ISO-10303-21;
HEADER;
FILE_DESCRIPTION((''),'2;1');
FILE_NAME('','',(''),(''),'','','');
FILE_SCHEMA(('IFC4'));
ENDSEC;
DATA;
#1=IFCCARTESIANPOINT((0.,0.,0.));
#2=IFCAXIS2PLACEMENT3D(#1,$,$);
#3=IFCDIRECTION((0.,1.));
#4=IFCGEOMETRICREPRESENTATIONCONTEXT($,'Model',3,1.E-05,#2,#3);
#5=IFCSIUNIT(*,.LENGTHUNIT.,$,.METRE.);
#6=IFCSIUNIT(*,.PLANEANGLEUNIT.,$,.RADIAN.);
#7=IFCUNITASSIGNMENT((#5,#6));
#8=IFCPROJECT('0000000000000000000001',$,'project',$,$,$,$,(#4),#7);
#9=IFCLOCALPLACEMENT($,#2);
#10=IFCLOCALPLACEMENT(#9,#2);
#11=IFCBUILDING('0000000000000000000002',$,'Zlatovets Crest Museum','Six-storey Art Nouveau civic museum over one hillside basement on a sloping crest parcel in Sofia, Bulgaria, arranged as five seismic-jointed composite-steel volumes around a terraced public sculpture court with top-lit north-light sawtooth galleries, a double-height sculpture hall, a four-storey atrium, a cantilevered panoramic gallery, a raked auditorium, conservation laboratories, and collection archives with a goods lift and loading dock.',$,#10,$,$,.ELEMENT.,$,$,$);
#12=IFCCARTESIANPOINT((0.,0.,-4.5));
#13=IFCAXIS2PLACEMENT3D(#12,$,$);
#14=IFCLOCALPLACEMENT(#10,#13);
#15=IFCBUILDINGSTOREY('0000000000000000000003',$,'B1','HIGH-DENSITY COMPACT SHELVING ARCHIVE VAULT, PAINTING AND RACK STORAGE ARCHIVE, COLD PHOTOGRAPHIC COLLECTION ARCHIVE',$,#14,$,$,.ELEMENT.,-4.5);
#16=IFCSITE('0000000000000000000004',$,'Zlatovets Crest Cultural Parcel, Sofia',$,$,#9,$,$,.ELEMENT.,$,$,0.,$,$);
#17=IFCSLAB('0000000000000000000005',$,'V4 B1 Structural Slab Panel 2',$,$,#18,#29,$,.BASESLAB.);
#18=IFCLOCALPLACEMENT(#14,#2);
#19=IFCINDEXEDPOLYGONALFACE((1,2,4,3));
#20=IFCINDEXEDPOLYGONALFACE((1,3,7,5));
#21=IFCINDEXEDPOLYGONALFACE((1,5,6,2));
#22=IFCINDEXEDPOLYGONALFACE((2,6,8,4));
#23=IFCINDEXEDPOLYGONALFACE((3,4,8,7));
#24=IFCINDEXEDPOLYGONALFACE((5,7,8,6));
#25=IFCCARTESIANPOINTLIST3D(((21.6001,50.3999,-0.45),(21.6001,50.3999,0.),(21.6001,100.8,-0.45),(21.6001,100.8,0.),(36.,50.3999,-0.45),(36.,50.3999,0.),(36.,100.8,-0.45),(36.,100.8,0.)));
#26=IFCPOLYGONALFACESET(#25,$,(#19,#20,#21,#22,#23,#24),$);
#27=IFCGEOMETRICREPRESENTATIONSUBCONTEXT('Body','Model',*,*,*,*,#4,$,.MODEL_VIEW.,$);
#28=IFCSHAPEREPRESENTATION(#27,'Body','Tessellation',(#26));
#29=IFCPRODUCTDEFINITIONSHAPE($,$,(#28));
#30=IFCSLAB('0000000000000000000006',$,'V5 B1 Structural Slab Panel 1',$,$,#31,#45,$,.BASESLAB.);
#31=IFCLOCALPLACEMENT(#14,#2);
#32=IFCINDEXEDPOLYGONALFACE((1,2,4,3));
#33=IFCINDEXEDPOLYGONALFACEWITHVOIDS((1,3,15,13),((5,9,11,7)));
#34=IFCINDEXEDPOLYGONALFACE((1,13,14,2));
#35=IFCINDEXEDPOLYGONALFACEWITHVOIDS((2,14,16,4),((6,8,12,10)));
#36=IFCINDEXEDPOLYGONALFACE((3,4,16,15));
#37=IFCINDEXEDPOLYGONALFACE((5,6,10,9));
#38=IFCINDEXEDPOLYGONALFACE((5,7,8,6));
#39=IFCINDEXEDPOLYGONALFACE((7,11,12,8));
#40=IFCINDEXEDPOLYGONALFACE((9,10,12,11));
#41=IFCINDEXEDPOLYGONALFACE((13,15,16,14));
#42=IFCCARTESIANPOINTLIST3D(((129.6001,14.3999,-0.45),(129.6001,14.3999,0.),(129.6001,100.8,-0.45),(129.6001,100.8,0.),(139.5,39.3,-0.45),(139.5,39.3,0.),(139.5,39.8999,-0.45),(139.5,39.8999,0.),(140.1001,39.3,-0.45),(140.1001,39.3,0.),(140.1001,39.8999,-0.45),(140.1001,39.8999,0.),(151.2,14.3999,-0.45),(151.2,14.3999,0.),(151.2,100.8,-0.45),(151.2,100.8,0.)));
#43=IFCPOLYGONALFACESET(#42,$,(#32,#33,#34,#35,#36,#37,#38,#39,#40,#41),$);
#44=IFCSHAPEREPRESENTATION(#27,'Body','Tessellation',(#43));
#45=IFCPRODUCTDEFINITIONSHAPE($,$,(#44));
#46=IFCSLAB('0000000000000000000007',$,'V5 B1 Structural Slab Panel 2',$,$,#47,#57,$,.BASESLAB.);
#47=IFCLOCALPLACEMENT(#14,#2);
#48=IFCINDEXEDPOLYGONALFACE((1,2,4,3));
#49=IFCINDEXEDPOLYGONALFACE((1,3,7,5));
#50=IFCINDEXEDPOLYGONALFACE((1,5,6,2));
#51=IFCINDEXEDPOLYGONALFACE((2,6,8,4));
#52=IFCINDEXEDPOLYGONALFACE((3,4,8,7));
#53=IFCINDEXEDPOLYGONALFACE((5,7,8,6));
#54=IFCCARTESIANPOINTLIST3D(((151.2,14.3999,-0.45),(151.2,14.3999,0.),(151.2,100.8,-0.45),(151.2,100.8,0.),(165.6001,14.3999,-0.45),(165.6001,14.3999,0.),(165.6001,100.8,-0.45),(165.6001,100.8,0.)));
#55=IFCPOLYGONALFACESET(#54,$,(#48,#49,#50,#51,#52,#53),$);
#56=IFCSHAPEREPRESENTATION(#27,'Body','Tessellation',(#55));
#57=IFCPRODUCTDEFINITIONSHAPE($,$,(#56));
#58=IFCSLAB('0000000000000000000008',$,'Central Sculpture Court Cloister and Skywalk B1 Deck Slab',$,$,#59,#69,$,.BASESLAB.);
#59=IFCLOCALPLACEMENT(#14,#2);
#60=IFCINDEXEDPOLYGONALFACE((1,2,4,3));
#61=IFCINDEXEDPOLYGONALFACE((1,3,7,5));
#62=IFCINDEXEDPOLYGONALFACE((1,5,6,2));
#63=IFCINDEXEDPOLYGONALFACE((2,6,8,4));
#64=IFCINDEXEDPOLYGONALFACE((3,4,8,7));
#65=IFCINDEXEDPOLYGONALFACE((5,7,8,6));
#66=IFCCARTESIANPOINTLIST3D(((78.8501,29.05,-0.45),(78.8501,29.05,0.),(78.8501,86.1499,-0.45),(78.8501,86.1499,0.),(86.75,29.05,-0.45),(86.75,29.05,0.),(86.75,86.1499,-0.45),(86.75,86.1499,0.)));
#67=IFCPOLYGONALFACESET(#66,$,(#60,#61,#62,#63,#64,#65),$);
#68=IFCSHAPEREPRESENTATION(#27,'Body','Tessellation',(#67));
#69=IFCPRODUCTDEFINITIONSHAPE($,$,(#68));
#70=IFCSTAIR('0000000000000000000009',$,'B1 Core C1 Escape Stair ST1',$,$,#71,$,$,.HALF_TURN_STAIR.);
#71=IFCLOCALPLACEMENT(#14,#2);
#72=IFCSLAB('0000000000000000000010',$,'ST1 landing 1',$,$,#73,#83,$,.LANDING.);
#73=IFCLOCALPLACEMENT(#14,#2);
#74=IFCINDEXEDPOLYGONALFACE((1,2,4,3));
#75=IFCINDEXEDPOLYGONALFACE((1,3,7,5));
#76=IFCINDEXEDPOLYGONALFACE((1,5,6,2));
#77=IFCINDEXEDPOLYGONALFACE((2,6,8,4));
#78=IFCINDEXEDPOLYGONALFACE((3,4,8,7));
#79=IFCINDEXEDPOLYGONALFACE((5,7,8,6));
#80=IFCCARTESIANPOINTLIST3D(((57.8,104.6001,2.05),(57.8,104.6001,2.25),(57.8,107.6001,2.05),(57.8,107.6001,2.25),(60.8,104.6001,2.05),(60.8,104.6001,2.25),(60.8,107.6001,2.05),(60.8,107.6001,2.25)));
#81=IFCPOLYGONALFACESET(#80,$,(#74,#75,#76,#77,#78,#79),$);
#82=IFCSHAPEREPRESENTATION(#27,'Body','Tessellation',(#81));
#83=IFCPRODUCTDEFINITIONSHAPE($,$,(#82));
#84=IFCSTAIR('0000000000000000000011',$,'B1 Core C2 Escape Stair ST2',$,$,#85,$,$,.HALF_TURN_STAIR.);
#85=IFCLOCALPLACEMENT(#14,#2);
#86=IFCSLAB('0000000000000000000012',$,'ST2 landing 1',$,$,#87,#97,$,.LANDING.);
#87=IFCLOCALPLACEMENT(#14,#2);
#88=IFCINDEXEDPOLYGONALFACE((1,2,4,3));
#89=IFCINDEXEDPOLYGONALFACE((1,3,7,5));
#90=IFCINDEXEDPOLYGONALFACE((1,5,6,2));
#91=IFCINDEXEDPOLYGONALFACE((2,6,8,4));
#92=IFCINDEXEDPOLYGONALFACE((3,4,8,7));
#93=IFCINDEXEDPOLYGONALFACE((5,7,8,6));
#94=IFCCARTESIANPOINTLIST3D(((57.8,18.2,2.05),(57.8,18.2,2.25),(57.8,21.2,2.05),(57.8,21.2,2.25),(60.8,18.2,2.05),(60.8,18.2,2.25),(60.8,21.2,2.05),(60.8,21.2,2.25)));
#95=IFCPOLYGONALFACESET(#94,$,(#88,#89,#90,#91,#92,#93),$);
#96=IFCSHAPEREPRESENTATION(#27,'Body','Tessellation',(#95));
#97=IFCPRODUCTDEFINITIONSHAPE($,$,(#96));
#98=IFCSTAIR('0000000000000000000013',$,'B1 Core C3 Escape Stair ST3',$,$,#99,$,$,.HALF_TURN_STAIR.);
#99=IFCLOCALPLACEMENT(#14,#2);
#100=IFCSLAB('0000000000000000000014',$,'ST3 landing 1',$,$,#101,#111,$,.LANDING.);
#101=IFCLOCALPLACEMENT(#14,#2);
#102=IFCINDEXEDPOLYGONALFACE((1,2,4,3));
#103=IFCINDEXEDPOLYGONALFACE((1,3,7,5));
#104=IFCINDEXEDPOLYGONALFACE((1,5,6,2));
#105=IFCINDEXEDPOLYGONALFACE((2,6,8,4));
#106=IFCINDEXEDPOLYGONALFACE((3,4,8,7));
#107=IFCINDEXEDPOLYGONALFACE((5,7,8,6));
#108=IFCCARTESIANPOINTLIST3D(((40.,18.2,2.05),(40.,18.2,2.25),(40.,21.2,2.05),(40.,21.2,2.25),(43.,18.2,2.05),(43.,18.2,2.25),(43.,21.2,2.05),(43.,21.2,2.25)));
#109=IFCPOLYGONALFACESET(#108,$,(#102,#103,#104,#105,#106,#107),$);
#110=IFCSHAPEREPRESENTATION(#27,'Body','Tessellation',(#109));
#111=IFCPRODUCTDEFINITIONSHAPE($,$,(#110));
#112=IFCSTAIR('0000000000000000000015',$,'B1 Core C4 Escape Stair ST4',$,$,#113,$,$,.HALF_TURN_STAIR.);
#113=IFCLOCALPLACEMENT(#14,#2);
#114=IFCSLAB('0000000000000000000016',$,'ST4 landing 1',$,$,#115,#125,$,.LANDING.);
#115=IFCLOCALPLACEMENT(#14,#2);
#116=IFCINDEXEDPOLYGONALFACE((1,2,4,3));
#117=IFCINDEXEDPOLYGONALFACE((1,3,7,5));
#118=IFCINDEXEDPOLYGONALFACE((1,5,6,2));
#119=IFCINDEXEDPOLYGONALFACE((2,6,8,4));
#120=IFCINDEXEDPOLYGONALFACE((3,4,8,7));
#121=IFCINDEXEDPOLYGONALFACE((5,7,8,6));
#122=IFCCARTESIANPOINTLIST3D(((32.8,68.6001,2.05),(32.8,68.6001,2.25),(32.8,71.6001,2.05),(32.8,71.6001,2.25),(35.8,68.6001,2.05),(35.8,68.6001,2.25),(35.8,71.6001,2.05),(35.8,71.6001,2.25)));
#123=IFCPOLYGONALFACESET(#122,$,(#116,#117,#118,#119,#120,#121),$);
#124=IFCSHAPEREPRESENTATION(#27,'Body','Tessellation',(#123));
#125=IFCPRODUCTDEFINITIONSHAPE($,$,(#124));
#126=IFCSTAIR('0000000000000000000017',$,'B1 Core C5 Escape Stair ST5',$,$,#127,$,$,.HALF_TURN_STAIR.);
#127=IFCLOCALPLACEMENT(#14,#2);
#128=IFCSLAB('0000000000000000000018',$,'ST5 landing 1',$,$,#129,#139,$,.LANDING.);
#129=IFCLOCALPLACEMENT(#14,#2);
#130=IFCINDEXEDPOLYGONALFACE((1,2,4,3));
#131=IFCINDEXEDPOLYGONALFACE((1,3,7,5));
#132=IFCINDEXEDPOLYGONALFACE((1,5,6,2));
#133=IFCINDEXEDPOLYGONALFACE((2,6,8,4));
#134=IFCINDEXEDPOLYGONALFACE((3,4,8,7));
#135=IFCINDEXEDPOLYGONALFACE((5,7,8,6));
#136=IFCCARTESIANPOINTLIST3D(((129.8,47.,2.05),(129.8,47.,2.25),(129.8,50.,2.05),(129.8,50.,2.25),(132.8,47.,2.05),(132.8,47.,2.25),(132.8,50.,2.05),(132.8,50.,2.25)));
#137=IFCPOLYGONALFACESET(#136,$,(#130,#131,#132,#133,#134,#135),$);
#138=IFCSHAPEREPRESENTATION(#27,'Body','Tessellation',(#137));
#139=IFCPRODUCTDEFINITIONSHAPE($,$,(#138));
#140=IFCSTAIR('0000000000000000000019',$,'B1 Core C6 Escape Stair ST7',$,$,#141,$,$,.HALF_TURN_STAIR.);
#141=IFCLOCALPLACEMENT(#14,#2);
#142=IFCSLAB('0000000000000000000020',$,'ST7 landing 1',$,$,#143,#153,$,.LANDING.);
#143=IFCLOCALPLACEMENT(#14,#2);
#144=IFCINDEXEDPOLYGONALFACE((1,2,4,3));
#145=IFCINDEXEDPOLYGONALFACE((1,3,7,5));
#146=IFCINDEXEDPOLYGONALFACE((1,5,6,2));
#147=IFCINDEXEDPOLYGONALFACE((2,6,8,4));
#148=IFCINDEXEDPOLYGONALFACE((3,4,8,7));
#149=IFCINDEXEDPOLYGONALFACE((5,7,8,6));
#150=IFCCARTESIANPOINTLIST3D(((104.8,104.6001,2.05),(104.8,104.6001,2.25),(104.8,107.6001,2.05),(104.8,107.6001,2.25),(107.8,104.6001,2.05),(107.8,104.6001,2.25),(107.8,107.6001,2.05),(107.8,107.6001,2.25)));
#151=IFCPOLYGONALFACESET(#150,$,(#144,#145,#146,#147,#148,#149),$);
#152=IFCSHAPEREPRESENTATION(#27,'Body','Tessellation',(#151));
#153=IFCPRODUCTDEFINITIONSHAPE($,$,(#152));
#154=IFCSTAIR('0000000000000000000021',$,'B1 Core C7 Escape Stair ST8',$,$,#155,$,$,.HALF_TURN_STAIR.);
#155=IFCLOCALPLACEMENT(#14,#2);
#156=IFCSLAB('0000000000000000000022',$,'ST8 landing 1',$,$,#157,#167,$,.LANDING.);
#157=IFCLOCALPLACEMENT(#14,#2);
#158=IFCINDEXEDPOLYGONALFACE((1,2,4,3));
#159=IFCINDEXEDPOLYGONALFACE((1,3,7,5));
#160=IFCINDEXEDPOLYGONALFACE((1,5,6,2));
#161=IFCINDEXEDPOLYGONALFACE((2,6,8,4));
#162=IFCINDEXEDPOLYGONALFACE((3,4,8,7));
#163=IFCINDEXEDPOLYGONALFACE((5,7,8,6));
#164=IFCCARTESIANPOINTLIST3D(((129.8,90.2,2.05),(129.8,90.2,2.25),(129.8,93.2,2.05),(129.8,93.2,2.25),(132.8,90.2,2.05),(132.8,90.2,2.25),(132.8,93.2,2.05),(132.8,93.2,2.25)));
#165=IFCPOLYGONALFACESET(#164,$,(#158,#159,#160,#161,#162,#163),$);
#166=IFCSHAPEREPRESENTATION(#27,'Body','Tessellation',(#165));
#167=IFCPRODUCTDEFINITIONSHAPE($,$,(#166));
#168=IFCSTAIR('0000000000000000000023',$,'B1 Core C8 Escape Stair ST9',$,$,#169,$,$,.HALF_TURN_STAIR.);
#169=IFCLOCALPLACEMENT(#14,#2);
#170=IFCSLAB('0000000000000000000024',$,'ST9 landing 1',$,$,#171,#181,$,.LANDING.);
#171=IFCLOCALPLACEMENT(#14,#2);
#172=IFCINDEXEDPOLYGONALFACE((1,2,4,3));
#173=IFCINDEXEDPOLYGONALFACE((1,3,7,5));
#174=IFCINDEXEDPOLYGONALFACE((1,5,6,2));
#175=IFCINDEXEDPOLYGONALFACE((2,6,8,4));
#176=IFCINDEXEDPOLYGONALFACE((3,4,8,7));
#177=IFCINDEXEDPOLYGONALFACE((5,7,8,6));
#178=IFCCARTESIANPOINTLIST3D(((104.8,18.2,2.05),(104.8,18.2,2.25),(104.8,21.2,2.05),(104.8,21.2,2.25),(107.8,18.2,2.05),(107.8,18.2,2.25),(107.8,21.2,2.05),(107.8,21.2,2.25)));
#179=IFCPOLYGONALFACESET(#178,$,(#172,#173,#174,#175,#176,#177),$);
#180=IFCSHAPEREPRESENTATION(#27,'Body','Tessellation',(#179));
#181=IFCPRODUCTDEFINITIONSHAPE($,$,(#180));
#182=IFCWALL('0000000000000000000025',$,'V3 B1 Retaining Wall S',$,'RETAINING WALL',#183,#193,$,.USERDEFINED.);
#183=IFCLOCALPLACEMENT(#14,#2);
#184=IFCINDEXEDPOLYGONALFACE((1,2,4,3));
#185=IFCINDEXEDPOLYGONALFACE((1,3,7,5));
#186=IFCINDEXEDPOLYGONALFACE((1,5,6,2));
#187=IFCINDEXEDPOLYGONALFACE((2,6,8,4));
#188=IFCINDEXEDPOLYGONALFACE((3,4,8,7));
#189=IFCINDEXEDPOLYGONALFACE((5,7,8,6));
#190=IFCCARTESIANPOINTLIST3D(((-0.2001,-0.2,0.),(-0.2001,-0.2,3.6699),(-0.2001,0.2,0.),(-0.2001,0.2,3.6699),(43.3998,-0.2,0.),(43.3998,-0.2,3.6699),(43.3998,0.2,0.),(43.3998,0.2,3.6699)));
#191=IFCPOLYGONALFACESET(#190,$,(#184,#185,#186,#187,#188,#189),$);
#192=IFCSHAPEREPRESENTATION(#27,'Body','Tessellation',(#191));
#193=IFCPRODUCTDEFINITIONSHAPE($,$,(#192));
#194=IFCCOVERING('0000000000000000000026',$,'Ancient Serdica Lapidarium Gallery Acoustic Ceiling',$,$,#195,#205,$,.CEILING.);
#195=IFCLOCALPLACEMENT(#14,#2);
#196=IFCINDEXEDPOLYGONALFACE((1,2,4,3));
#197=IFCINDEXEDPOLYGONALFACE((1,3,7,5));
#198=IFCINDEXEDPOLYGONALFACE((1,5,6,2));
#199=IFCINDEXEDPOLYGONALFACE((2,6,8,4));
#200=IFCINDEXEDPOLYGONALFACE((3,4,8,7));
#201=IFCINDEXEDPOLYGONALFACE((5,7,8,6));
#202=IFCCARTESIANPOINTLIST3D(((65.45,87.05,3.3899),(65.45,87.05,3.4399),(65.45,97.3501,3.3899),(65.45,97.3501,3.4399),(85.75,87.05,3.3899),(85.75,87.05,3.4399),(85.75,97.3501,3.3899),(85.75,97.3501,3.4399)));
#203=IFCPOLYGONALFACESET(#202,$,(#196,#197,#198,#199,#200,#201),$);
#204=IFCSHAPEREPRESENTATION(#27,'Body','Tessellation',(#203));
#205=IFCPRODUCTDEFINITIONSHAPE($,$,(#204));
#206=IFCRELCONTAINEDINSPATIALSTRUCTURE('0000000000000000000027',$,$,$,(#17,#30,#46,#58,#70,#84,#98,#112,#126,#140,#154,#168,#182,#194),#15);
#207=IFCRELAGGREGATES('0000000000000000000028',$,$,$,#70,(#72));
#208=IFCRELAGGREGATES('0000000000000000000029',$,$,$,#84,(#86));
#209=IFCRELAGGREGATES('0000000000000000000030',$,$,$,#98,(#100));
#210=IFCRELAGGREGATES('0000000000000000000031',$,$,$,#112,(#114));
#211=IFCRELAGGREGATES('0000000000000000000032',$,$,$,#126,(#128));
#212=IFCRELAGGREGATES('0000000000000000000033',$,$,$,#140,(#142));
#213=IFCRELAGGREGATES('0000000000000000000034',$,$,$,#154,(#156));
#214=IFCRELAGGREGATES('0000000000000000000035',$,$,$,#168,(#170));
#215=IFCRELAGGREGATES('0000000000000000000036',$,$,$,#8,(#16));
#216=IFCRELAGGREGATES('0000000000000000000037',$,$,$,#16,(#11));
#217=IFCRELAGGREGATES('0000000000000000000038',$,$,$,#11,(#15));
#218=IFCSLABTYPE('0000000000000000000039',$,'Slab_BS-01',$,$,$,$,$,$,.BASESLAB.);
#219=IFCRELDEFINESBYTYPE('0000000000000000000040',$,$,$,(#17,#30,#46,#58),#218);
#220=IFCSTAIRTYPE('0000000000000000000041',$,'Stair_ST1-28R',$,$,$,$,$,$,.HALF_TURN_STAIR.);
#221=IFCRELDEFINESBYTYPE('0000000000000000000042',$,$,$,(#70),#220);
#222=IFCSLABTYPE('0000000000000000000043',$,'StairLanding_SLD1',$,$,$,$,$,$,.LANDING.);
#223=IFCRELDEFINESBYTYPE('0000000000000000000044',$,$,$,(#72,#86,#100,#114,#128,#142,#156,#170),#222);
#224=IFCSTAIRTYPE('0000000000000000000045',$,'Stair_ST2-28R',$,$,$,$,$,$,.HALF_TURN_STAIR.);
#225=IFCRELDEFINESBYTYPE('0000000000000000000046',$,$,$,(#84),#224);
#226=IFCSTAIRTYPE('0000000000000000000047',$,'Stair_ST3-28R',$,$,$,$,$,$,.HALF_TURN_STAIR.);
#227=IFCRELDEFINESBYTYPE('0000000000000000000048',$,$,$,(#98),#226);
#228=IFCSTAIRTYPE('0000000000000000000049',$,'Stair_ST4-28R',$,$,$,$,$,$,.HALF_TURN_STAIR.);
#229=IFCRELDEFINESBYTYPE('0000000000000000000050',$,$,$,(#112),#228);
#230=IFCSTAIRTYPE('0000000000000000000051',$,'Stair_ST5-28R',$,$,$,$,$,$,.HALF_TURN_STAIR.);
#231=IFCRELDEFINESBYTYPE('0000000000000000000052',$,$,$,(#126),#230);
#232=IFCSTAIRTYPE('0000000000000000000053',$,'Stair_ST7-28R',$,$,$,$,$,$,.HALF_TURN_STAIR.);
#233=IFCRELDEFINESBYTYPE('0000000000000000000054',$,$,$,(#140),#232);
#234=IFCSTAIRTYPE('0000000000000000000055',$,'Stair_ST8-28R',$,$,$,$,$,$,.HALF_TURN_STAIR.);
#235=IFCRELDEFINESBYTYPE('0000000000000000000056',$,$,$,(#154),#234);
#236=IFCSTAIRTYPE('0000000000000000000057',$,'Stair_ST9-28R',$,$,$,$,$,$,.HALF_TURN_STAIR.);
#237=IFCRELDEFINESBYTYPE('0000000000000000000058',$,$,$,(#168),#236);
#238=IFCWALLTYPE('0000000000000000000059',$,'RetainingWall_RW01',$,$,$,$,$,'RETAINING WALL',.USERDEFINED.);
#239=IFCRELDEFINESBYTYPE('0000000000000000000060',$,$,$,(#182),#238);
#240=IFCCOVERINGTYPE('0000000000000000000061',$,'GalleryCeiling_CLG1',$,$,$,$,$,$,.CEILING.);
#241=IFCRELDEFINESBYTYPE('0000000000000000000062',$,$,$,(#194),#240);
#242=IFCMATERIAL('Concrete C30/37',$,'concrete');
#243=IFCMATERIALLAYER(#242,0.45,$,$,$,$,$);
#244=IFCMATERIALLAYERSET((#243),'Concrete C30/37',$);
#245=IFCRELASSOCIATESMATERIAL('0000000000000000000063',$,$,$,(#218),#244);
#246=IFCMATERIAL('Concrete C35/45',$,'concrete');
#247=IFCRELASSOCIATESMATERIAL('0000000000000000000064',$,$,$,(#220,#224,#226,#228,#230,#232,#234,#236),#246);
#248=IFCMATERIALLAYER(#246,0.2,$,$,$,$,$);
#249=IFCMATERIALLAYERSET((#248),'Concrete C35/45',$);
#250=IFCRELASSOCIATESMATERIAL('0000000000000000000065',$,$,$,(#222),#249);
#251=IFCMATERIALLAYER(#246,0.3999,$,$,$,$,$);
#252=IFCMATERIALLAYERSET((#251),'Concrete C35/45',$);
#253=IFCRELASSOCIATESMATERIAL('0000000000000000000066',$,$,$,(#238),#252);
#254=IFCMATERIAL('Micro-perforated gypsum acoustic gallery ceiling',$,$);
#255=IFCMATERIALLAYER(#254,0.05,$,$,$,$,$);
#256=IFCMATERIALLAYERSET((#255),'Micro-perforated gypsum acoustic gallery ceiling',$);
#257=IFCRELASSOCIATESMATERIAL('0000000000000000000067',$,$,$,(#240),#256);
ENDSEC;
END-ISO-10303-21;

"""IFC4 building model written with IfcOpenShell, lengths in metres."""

from ifc_helpers import new_model, si_unit, direction, frame, frame_2d, origin, place, context, subcontext, project, spatial, polyline, rectangle, outline, extrude, material, layer, layer_set, type_object, element, aggregate, save


model = new_model("IFC4")

# Units and contexts
model_context = context("Model", 3, precision=1e-05, world=origin(), true_north=direction((0.0, 1.0)))
body_context = subcontext(model_context, "Body", "Model", "MODEL_VIEW")
ifc_project = project(units=[si_unit("LENGTHUNIT", "METRE"), si_unit("PLANEANGLEUNIT", "RADIAN")], contexts=[model_context])

# Site, building, storey
site_placement = place(None, origin())
site = spatial("IfcSite", under=ifc_project, at=site_placement, Name="Zlatovets Crest Cultural Parcel, Sofia", CompositionType="ELEMENT", RefElevation=0.0)
building_placement = place(site_placement, origin())
building = spatial("IfcBuilding", under=site, at=building_placement, Name="Zlatovets Crest Museum", Description="Six-storey Art Nouveau civic museum over one hillside basement on a sloping crest parcel in Sofia, Bulgaria, arranged as five seismic-jointed composite-steel volumes around a terraced public sculpture court with top-lit north-light sawtooth galleries, a double-height sculpture hall, a four-storey atrium, a cantilevered panoramic gallery, a raked auditorium, conservation laboratories, and collection archives with a goods lift and loading dock.", CompositionType="ELEMENT")
storey_placement = place(building_placement, frame((0.0, 0.0, -4.5)))
storey = spatial("IfcBuildingStorey", under=building, at=storey_placement, Name="B1", Description="HIGH-DENSITY COMPACT SHELVING ARCHIVE VAULT, PAINTING AND RACK STORAGE ARCHIVE, COLD PHOTOGRAPHIC COLLECTION ARCHIVE", CompositionType="ELEMENT", Elevation=-4.5)

# Shared definitions
ifc_material_1 = material(Name="Concrete C35/45", Category="concrete")

# Slabs
ifc_material_2 = material(Name="Concrete C30/37", Category="concrete")
ifc_layer_1 = layer(ifc_material_2, 0.45)
ifc_layer_set_1 = layer_set([ifc_layer_1], Name="Concrete C30/37")
slab_type_1 = type_object("IfcSlabType", Name="Slab_BS-01", PredefinedType="BASESLAB", material=ifc_layer_set_1)
slab_1_placement = place(storey_placement, frame((0.0, 0.0, -0.45)))
element("IfcSlab", 1, at=slab_1_placement, inside=storey, type_object=slab_type_1, Name="V4 B1 Structural Slab Panel 2", PredefinedType="BASESLAB", context=body_context, shape_type="SweptSolid", body=[
    extrude(outline(polyline([(36.0, 100.8), (36.0, 50.3999), (21.6001, 50.3999), (21.6001, 100.8), (36.0, 100.8)])), origin(), (0.0, 0.0, 1.0), 0.45),
])
slab_2_placement = place(storey_placement, frame((0.0, 0.0, -0.45)))
element("IfcSlab", 2, at=slab_2_placement, inside=storey, type_object=slab_type_1, Name="V5 B1 Structural Slab Panel 1", PredefinedType="BASESLAB", context=body_context, shape_type="SweptSolid", body=[
    extrude(outline(polyline([(129.6001, 100.8), (151.2, 100.8), (151.2, 14.3999), (129.6001, 14.3999), (129.6001, 100.8)]), holes=[polyline([(139.5, 39.8999), (139.5, 39.3), (140.1001, 39.3), (140.1001, 39.8999), (139.5, 39.8999)])]), origin(), (0.0, 0.0, 1.0), 0.45),
])
slab_3_placement = place(storey_placement, frame((0.0, 0.0, -0.45)))
element("IfcSlab", 3, at=slab_3_placement, inside=storey, type_object=slab_type_1, Name="V5 B1 Structural Slab Panel 2", PredefinedType="BASESLAB", context=body_context, shape_type="SweptSolid", body=[
    extrude(outline(polyline([(165.6001, 100.8), (165.6001, 14.3999), (151.2, 14.3999), (151.2, 100.8), (165.6001, 100.8)])), origin(), (0.0, 0.0, 1.0), 0.45),
])
slab_4_placement = place(storey_placement, frame((0.0, 0.0, -0.45)))
element("IfcSlab", 4, at=slab_4_placement, inside=storey, type_object=slab_type_1, Name="Central Sculpture Court Cloister and Skywalk B1 Deck Slab", PredefinedType="BASESLAB", context=body_context, shape_type="SweptSolid", body=[
    extrude(outline(polyline([(86.75, 29.05), (86.75, 86.1499), (78.8501, 86.1499), (78.8501, 29.05), (86.75, 29.05)])), origin(), (0.0, 0.0, 1.0), 0.45),
])

# Stairs, slabs
stair_type_1 = type_object("IfcStairType", Name="Stair_ST1-28R", PredefinedType="HALF_TURN_STAIR", material=ifc_material_1)
stair_1_placement = place(storey_placement, origin())
stair_1 = element("IfcStair", 5, at=stair_1_placement, inside=storey, type_object=stair_type_1, Name="B1 Core C1 Escape Stair ST1", PredefinedType="HALF_TURN_STAIR")
ifc_layer_2 = layer(ifc_material_1, 0.2)
ifc_layer_set_2 = layer_set([ifc_layer_2], Name="Concrete C35/45")
slab_type_2 = type_object("IfcSlabType", Name="StairLanding_SLD1", PredefinedType="LANDING", material=ifc_layer_set_2)
slab_5_placement = place(storey_placement, frame((0.0, 0.0, 2.05)))
slab_5 = element("IfcSlab", 6, at=slab_5_placement, type_object=slab_type_2, Name="ST1 landing 1", PredefinedType="LANDING", context=body_context, shape_type="SweptSolid", body=[
    extrude(outline(polyline([(60.8, 104.6001), (60.8, 107.6001), (57.8, 107.6001), (57.8, 104.6001), (60.8, 104.6001)])), origin(), (0.0, 0.0, 1.0), 0.2),
])
aggregate(stair_1, [slab_5])
stair_type_2 = type_object("IfcStairType", Name="Stair_ST2-28R", PredefinedType="HALF_TURN_STAIR", material=ifc_material_1)
stair_2_placement = place(storey_placement, origin())
stair_2 = element("IfcStair", 7, at=stair_2_placement, inside=storey, type_object=stair_type_2, Name="B1 Core C2 Escape Stair ST2", PredefinedType="HALF_TURN_STAIR")
slab_6_placement = place(storey_placement, frame((0.0, 0.0, 2.05)))
slab_6 = element("IfcSlab", 8, at=slab_6_placement, type_object=slab_type_2, Name="ST2 landing 1", PredefinedType="LANDING", context=body_context, shape_type="SweptSolid", body=[
    extrude(outline(polyline([(60.8, 18.2), (60.8, 21.2), (57.8, 21.2), (57.8, 18.2), (60.8, 18.2)])), origin(), (0.0, 0.0, 1.0), 0.2),
])
aggregate(stair_2, [slab_6])
stair_type_3 = type_object("IfcStairType", Name="Stair_ST3-28R", PredefinedType="HALF_TURN_STAIR", material=ifc_material_1)
stair_3_placement = place(storey_placement, origin())
stair_3 = element("IfcStair", 9, at=stair_3_placement, inside=storey, type_object=stair_type_3, Name="B1 Core C3 Escape Stair ST3", PredefinedType="HALF_TURN_STAIR")
slab_7_placement = place(storey_placement, frame((0.0, 0.0, 2.05)))
slab_7 = element("IfcSlab", 10, at=slab_7_placement, type_object=slab_type_2, Name="ST3 landing 1", PredefinedType="LANDING", context=body_context, shape_type="SweptSolid", body=[
    extrude(outline(polyline([(43.0, 18.2), (43.0, 21.2), (40.0, 21.2), (40.0, 18.2), (43.0, 18.2)])), origin(), (0.0, 0.0, 1.0), 0.2),
])
aggregate(stair_3, [slab_7])
stair_type_4 = type_object("IfcStairType", Name="Stair_ST4-28R", PredefinedType="HALF_TURN_STAIR", material=ifc_material_1)
stair_4_placement = place(storey_placement, origin())
stair_4 = element("IfcStair", 11, at=stair_4_placement, inside=storey, type_object=stair_type_4, Name="B1 Core C4 Escape Stair ST4", PredefinedType="HALF_TURN_STAIR")
slab_8_placement = place(storey_placement, frame((0.0, 0.0, 2.05)))
slab_8 = element("IfcSlab", 12, at=slab_8_placement, type_object=slab_type_2, Name="ST4 landing 1", PredefinedType="LANDING", context=body_context, shape_type="SweptSolid", body=[
    extrude(outline(polyline([(35.8, 68.6001), (35.8, 71.6001), (32.8, 71.6001), (32.8, 68.6001), (35.8, 68.6001)])), origin(), (0.0, 0.0, 1.0), 0.2),
])
aggregate(stair_4, [slab_8])
stair_type_5 = type_object("IfcStairType", Name="Stair_ST5-28R", PredefinedType="HALF_TURN_STAIR", material=ifc_material_1)
stair_5_placement = place(storey_placement, origin())
stair_5 = element("IfcStair", 13, at=stair_5_placement, inside=storey, type_object=stair_type_5, Name="B1 Core C5 Escape Stair ST5", PredefinedType="HALF_TURN_STAIR")
slab_9_placement = place(storey_placement, frame((0.0, 0.0, 2.05)))
slab_9 = element("IfcSlab", 14, at=slab_9_placement, type_object=slab_type_2, Name="ST5 landing 1", PredefinedType="LANDING", context=body_context, shape_type="SweptSolid", body=[
    extrude(outline(polyline([(132.8, 47.0), (132.8, 50.0), (129.8, 50.0), (129.8, 47.0), (132.8, 47.0)])), origin(), (0.0, 0.0, 1.0), 0.2),
])
aggregate(stair_5, [slab_9])
stair_type_6 = type_object("IfcStairType", Name="Stair_ST7-28R", PredefinedType="HALF_TURN_STAIR", material=ifc_material_1)
stair_6_placement = place(storey_placement, origin())
stair_6 = element("IfcStair", 15, at=stair_6_placement, inside=storey, type_object=stair_type_6, Name="B1 Core C6 Escape Stair ST7", PredefinedType="HALF_TURN_STAIR")
slab_10_placement = place(storey_placement, frame((0.0, 0.0, 2.05)))
slab_10 = element("IfcSlab", 16, at=slab_10_placement, type_object=slab_type_2, Name="ST7 landing 1", PredefinedType="LANDING", context=body_context, shape_type="SweptSolid", body=[
    extrude(outline(polyline([(107.8, 104.6001), (107.8, 107.6001), (104.8, 107.6001), (104.8, 104.6001), (107.8, 104.6001)])), origin(), (0.0, 0.0, 1.0), 0.2),
])
aggregate(stair_6, [slab_10])
stair_type_7 = type_object("IfcStairType", Name="Stair_ST8-28R", PredefinedType="HALF_TURN_STAIR", material=ifc_material_1)
stair_7_placement = place(storey_placement, origin())
stair_7 = element("IfcStair", 17, at=stair_7_placement, inside=storey, type_object=stair_type_7, Name="B1 Core C7 Escape Stair ST8", PredefinedType="HALF_TURN_STAIR")
slab_11_placement = place(storey_placement, frame((0.0, 0.0, 2.05)))
slab_11 = element("IfcSlab", 18, at=slab_11_placement, type_object=slab_type_2, Name="ST8 landing 1", PredefinedType="LANDING", context=body_context, shape_type="SweptSolid", body=[
    extrude(outline(polyline([(132.8, 90.2), (132.8, 93.2), (129.8, 93.2), (129.8, 90.2), (132.8, 90.2)])), origin(), (0.0, 0.0, 1.0), 0.2),
])
aggregate(stair_7, [slab_11])
stair_type_8 = type_object("IfcStairType", Name="Stair_ST9-28R", PredefinedType="HALF_TURN_STAIR", material=ifc_material_1)
stair_8_placement = place(storey_placement, origin())
stair_8 = element("IfcStair", 19, at=stair_8_placement, inside=storey, type_object=stair_type_8, Name="B1 Core C8 Escape Stair ST9", PredefinedType="HALF_TURN_STAIR")
slab_12_placement = place(storey_placement, frame((0.0, 0.0, 2.05)))
slab_12 = element("IfcSlab", 20, at=slab_12_placement, type_object=slab_type_2, Name="ST9 landing 1", PredefinedType="LANDING", context=body_context, shape_type="SweptSolid", body=[
    extrude(outline(polyline([(107.8, 18.2), (107.8, 21.2), (104.8, 21.2), (104.8, 18.2), (107.8, 18.2)])), origin(), (0.0, 0.0, 1.0), 0.2),
])
aggregate(stair_8, [slab_12])

# Wall
ifc_layer_3 = layer(ifc_material_1, 0.3999)
ifc_layer_set_3 = layer_set([ifc_layer_3], Name="Concrete C35/45")
wall_type = type_object("IfcWallType", Name="RetainingWall_RW01", ElementType="RETAINING WALL", PredefinedType="USERDEFINED", material=ifc_layer_set_3)
wall_placement = place(storey_placement, frame((-0.2, 0.0, 0.0), z_axis=(0.0, 0.0, 1.0), x_axis=(1.0, 0.0, 0.0)))
element("IfcWall", 21, at=wall_placement, inside=storey, type_object=wall_type, Name="V3 B1 Retaining Wall S", ObjectType="RETAINING WALL", PredefinedType="USERDEFINED", context=body_context, shape_type="SweptSolid", body=[
    extrude(rectangle(XDim=43.5999, YDim=0.3999, at=frame_2d((21.7998, 0.0))), origin(), (0.0, 0.0, 1.0), 3.6699),
])

# Covering
ifc_material_3 = material(Name="Micro-perforated gypsum acoustic gallery ceiling")
ifc_layer_4 = layer(ifc_material_3, 0.05)
ifc_layer_set_4 = layer_set([ifc_layer_4], Name="Micro-perforated gypsum acoustic gallery ceiling")
covering_type_1 = type_object("IfcCoveringType", Name="GalleryCeiling_CLG1", PredefinedType="CEILING", material=ifc_layer_set_4)
covering_1_placement = place(storey_placement, frame((0.0, 0.0, 3.3899)))
element("IfcCovering", 22, at=covering_1_placement, inside=storey, type_object=covering_type_1, Name="Ancient Serdica Lapidarium Gallery Acoustic Ceiling", PredefinedType="CEILING", context=body_context, shape_type="SweptSolid", body=[
    extrude(outline(polyline([(65.45, 87.05), (85.75, 87.05), (85.75, 97.3501), (65.45, 97.3501), (65.45, 87.05)])), origin(), (0.0, 0.0, 1.0), 0.05),
])

save(model, "model.ifc")
